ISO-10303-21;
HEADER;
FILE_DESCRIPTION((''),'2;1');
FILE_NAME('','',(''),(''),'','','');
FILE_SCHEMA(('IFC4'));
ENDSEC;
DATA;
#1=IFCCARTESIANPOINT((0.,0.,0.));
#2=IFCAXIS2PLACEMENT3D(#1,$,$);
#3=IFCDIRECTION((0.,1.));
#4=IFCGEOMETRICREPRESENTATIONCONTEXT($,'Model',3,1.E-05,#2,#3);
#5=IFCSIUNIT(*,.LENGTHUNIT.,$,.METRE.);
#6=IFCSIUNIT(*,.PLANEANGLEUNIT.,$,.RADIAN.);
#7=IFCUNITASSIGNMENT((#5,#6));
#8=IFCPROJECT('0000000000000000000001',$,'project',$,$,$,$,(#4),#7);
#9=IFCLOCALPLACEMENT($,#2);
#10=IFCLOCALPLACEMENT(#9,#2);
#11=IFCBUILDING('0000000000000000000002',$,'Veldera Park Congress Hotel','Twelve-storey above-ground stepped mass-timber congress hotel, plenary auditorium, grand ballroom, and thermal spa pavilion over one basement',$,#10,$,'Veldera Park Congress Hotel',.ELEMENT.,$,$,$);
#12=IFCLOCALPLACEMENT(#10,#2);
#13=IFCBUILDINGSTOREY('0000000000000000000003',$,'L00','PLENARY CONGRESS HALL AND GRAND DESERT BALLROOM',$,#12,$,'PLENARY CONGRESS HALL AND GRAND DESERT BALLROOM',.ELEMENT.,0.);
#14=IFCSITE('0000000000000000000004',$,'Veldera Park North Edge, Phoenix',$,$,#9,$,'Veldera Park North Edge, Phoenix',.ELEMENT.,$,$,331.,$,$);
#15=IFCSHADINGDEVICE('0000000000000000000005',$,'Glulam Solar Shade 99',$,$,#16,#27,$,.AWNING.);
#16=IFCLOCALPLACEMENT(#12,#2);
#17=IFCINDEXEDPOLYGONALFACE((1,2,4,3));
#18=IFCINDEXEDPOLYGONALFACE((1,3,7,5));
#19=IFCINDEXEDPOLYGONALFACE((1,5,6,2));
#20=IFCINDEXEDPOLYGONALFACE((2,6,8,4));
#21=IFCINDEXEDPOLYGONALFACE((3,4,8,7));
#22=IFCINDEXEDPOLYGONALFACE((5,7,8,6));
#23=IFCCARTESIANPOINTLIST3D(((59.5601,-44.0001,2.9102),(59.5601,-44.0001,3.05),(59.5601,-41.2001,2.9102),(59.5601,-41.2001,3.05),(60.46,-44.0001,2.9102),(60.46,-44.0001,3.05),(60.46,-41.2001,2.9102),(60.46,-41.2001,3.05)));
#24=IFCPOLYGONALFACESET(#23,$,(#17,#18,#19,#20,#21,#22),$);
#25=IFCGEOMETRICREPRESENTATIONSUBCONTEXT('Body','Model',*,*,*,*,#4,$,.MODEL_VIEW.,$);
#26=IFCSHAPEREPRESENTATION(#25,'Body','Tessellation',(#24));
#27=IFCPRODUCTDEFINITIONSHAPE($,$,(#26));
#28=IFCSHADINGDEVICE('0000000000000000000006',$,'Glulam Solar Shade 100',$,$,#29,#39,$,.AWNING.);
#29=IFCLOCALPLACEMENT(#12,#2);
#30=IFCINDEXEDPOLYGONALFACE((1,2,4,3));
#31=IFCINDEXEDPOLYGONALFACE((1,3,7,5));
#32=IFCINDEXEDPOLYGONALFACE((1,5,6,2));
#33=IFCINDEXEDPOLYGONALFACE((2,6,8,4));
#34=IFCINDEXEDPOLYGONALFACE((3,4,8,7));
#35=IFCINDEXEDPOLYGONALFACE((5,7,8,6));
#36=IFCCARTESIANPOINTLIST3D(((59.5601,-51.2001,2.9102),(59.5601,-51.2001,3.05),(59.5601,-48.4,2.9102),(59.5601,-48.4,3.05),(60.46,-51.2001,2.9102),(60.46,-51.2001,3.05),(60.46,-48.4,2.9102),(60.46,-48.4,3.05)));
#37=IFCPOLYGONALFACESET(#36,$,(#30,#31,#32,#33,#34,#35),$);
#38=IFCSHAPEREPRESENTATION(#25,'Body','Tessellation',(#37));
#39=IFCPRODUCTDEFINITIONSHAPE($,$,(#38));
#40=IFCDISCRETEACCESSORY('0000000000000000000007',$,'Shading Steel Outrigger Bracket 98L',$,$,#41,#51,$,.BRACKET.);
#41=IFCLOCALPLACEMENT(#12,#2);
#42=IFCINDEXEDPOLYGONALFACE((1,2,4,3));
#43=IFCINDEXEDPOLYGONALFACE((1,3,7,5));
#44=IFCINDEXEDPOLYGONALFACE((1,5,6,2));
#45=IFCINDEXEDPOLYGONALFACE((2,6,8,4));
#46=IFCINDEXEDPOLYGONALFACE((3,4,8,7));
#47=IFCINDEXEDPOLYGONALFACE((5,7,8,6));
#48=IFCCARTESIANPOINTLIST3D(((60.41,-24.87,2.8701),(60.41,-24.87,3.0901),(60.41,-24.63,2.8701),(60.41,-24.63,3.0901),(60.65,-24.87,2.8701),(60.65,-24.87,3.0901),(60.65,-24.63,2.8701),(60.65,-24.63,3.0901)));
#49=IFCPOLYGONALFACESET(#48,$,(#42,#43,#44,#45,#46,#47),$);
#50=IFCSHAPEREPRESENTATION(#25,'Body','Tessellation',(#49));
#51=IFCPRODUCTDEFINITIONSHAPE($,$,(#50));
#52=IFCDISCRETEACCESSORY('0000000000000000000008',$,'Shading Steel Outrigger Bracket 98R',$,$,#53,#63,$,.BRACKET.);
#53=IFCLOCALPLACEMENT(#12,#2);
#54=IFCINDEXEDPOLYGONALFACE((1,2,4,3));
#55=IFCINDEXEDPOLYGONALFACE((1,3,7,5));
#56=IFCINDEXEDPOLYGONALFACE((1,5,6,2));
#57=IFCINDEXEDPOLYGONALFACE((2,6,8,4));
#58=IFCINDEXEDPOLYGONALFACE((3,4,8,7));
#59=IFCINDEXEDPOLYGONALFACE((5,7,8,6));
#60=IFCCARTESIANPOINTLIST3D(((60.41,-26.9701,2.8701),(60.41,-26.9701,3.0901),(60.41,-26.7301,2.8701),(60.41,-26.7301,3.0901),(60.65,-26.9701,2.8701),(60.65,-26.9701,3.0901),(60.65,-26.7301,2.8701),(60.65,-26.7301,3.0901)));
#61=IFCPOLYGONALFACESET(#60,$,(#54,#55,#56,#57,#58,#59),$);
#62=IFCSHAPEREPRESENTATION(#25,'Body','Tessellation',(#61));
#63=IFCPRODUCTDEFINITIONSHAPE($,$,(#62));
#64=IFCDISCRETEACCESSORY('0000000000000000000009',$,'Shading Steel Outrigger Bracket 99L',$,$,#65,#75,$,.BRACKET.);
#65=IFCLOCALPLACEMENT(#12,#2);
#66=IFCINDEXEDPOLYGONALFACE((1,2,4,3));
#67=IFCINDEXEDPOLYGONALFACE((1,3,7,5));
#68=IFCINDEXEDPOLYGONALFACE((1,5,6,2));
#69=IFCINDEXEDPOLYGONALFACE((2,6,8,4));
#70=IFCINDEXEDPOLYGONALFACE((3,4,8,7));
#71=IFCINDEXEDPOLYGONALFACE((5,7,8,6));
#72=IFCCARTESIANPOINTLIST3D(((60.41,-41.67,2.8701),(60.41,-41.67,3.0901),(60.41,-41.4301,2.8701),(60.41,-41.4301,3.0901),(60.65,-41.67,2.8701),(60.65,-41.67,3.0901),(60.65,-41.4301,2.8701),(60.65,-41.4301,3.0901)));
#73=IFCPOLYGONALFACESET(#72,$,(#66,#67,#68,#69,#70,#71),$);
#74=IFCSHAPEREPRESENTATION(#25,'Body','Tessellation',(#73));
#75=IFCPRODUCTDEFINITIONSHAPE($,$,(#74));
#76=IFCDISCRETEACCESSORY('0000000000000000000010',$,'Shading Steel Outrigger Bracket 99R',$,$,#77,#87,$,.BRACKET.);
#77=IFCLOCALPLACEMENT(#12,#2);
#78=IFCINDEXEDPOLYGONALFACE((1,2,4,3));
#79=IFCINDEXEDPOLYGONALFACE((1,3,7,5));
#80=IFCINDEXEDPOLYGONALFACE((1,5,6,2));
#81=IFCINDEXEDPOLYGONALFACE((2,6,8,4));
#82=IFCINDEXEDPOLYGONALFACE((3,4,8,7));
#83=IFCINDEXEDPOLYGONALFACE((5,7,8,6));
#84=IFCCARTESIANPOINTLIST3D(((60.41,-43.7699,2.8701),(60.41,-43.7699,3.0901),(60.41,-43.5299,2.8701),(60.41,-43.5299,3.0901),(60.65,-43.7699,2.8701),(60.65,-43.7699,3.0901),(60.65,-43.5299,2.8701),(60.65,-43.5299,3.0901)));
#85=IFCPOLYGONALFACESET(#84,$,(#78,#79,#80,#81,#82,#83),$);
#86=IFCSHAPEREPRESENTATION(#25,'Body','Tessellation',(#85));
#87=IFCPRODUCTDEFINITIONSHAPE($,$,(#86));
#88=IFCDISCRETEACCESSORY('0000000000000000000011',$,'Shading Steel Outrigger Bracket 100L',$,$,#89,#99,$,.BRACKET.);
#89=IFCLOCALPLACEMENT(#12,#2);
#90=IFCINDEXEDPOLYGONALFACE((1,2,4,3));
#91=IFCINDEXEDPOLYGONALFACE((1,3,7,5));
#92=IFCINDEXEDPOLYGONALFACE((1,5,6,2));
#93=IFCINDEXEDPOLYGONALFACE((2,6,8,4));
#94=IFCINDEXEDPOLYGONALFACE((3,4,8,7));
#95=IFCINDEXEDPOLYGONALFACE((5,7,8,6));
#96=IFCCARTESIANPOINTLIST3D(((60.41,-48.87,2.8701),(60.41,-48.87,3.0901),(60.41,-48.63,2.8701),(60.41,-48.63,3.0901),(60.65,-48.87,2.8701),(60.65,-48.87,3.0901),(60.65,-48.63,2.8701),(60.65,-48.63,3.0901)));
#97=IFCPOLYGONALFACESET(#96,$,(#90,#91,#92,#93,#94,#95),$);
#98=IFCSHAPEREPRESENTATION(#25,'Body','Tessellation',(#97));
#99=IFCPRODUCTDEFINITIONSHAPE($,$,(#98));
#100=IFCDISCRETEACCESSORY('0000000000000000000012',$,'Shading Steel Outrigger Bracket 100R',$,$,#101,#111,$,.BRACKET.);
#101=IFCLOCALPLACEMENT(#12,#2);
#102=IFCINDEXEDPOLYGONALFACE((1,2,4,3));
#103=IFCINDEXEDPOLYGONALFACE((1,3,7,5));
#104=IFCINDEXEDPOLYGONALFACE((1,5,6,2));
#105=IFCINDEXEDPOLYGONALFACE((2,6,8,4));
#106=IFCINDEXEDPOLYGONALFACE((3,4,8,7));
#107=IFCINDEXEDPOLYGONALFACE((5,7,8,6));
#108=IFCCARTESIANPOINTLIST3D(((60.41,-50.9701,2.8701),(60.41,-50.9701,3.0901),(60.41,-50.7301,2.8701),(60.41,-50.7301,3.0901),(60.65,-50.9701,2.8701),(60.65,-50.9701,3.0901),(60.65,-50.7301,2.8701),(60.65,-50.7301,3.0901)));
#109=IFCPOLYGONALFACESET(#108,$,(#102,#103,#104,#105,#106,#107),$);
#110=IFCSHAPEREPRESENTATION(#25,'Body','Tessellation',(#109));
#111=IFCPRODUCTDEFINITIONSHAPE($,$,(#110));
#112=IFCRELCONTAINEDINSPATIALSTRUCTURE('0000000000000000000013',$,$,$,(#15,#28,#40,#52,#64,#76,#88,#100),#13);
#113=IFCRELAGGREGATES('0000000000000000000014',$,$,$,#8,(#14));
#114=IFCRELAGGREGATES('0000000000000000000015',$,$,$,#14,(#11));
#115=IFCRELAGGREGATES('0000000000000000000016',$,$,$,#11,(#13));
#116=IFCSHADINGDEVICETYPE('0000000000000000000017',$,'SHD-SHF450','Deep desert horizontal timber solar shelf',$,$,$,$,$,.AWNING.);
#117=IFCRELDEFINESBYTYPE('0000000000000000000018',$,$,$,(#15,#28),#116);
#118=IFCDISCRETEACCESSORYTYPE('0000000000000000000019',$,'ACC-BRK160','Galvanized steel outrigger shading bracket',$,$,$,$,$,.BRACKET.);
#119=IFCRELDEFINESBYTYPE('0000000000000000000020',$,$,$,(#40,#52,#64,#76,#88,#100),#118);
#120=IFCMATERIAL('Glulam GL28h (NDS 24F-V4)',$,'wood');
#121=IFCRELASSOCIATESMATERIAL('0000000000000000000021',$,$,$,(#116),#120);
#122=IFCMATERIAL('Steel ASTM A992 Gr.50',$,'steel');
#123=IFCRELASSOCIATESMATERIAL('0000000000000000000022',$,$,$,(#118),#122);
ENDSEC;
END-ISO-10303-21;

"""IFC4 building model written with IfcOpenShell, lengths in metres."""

from ifc_helpers import new_model, si_unit, direction, frame, origin, origin_2d, place, context, subcontext, project, spatial, rectangle, extrude, material, type_object, element, save


model = new_model("IFC4")

# Units and contexts
model_context = context("Model", 3, precision=1e-05, world=origin(), true_north=direction((0.0, 1.0)))
body_context = subcontext(model_context, "Body", "Model", "MODEL_VIEW")
ifc_project = project(units=[si_unit("LENGTHUNIT", "METRE"), si_unit("PLANEANGLEUNIT", "RADIAN")], contexts=[model_context])

# Site, building, storey
site_placement = place(None, origin())
site = spatial("IfcSite", under=ifc_project, at=site_placement, Name="Veldera Park North Edge, Phoenix", LongName="Veldera Park North Edge, Phoenix", CompositionType="ELEMENT", RefElevation=331.0)
building_placement = place(site_placement, origin())
building = spatial("IfcBuilding", under=site, at=building_placement, Name="Veldera Park Congress Hotel", Description="Twelve-storey above-ground stepped mass-timber congress hotel, plenary auditorium, grand ballroom, and thermal spa pavilion over one basement", LongName="Veldera Park Congress Hotel", CompositionType="ELEMENT")
storey_placement = place(building_placement, origin())
storey = spatial("IfcBuildingStorey", under=building, at=storey_placement, Name="L00", Description="PLENARY CONGRESS HALL AND GRAND DESERT BALLROOM", LongName="PLENARY CONGRESS HALL AND GRAND DESERT BALLROOM", CompositionType="ELEMENT", Elevation=0.0)

# Shared definitions
ifc_material_1 = material(Name="Glulam GL28h (NDS 24F-V4)", Category="wood")

# Shading devices
shading_device_type = type_object("IfcShadingDeviceType", Name="SHD-SHF450", Description="Deep desert horizontal timber solar shelf", PredefinedType="AWNING", material=ifc_material_1)
for number, where, z_axis, x_axis, name in (
    (1, (60.01, -42.6001, 2.9102), (0.0, 0.0, 1.0), (0.0, -1.0, 0.0), "Glulam Solar Shade 99"),
    (2, (60.01, -49.8, 2.9102), (0.0, 0.0, 1.0), (0.0, -1.0, 0.0), "Glulam Solar Shade 100"),
):
    element("IfcShadingDevice", number, at=place(storey_placement, frame(where, z_axis=z_axis, x_axis=x_axis)), inside=storey, type_object=shading_device_type, Name=name, PredefinedType="AWNING", context=body_context, shape_type="SweptSolid", body=[
        extrude(rectangle(XDim=2.8, YDim=0.8999, at=origin_2d()), origin(), (0.0, 0.0, 1.0), 0.1399),
    ])

# Discrete accessories
ifc_material_2 = material(Name="Steel ASTM A992 Gr.50", Category="steel")
discrete_accessory_type = type_object("IfcDiscreteAccessoryType", Name="ACC-BRK160", Description="Galvanized steel outrigger shading bracket", PredefinedType="BRACKET", material=ifc_material_2)
for number, where, z_axis, x_axis, name in (
    (3, (60.53, -24.75, 2.8701), (0.0, 0.0, 1.0), (0.0, -1.0, 0.0), "Shading Steel Outrigger Bracket 98L"),
    (4, (60.53, -26.8501, 2.8701), (0.0, 0.0, 1.0), (0.0, -1.0, 0.0), "Shading Steel Outrigger Bracket 98R"),
    (5, (60.53, -41.55, 2.8701), (0.0, 0.0, 1.0), (0.0, -1.0, 0.0), "Shading Steel Outrigger Bracket 99L"),
    (6, (60.53, -43.6499, 2.8701), (0.0, 0.0, 1.0), (0.0, -1.0, 0.0), "Shading Steel Outrigger Bracket 99R"),
    (7, (60.53, -48.75, 2.8701), (0.0, 0.0, 1.0), (0.0, -1.0, 0.0), "Shading Steel Outrigger Bracket 100L"),
    (8, (60.53, -50.8501, 2.8701), (0.0, 0.0, 1.0), (0.0, -1.0, 0.0), "Shading Steel Outrigger Bracket 100R"),
):
    element("IfcDiscreteAccessory", number, at=place(storey_placement, frame(where, z_axis=z_axis, x_axis=x_axis)), inside=storey, type_object=discrete_accessory_type, Name=name, PredefinedType="BRACKET", context=body_context, shape_type="SweptSolid", body=[
        extrude(rectangle(XDim=0.24, YDim=0.24, at=origin_2d()), origin(), (0.0, 0.0, 1.0), 0.22),
    ])

save(model, "model.ifc")
